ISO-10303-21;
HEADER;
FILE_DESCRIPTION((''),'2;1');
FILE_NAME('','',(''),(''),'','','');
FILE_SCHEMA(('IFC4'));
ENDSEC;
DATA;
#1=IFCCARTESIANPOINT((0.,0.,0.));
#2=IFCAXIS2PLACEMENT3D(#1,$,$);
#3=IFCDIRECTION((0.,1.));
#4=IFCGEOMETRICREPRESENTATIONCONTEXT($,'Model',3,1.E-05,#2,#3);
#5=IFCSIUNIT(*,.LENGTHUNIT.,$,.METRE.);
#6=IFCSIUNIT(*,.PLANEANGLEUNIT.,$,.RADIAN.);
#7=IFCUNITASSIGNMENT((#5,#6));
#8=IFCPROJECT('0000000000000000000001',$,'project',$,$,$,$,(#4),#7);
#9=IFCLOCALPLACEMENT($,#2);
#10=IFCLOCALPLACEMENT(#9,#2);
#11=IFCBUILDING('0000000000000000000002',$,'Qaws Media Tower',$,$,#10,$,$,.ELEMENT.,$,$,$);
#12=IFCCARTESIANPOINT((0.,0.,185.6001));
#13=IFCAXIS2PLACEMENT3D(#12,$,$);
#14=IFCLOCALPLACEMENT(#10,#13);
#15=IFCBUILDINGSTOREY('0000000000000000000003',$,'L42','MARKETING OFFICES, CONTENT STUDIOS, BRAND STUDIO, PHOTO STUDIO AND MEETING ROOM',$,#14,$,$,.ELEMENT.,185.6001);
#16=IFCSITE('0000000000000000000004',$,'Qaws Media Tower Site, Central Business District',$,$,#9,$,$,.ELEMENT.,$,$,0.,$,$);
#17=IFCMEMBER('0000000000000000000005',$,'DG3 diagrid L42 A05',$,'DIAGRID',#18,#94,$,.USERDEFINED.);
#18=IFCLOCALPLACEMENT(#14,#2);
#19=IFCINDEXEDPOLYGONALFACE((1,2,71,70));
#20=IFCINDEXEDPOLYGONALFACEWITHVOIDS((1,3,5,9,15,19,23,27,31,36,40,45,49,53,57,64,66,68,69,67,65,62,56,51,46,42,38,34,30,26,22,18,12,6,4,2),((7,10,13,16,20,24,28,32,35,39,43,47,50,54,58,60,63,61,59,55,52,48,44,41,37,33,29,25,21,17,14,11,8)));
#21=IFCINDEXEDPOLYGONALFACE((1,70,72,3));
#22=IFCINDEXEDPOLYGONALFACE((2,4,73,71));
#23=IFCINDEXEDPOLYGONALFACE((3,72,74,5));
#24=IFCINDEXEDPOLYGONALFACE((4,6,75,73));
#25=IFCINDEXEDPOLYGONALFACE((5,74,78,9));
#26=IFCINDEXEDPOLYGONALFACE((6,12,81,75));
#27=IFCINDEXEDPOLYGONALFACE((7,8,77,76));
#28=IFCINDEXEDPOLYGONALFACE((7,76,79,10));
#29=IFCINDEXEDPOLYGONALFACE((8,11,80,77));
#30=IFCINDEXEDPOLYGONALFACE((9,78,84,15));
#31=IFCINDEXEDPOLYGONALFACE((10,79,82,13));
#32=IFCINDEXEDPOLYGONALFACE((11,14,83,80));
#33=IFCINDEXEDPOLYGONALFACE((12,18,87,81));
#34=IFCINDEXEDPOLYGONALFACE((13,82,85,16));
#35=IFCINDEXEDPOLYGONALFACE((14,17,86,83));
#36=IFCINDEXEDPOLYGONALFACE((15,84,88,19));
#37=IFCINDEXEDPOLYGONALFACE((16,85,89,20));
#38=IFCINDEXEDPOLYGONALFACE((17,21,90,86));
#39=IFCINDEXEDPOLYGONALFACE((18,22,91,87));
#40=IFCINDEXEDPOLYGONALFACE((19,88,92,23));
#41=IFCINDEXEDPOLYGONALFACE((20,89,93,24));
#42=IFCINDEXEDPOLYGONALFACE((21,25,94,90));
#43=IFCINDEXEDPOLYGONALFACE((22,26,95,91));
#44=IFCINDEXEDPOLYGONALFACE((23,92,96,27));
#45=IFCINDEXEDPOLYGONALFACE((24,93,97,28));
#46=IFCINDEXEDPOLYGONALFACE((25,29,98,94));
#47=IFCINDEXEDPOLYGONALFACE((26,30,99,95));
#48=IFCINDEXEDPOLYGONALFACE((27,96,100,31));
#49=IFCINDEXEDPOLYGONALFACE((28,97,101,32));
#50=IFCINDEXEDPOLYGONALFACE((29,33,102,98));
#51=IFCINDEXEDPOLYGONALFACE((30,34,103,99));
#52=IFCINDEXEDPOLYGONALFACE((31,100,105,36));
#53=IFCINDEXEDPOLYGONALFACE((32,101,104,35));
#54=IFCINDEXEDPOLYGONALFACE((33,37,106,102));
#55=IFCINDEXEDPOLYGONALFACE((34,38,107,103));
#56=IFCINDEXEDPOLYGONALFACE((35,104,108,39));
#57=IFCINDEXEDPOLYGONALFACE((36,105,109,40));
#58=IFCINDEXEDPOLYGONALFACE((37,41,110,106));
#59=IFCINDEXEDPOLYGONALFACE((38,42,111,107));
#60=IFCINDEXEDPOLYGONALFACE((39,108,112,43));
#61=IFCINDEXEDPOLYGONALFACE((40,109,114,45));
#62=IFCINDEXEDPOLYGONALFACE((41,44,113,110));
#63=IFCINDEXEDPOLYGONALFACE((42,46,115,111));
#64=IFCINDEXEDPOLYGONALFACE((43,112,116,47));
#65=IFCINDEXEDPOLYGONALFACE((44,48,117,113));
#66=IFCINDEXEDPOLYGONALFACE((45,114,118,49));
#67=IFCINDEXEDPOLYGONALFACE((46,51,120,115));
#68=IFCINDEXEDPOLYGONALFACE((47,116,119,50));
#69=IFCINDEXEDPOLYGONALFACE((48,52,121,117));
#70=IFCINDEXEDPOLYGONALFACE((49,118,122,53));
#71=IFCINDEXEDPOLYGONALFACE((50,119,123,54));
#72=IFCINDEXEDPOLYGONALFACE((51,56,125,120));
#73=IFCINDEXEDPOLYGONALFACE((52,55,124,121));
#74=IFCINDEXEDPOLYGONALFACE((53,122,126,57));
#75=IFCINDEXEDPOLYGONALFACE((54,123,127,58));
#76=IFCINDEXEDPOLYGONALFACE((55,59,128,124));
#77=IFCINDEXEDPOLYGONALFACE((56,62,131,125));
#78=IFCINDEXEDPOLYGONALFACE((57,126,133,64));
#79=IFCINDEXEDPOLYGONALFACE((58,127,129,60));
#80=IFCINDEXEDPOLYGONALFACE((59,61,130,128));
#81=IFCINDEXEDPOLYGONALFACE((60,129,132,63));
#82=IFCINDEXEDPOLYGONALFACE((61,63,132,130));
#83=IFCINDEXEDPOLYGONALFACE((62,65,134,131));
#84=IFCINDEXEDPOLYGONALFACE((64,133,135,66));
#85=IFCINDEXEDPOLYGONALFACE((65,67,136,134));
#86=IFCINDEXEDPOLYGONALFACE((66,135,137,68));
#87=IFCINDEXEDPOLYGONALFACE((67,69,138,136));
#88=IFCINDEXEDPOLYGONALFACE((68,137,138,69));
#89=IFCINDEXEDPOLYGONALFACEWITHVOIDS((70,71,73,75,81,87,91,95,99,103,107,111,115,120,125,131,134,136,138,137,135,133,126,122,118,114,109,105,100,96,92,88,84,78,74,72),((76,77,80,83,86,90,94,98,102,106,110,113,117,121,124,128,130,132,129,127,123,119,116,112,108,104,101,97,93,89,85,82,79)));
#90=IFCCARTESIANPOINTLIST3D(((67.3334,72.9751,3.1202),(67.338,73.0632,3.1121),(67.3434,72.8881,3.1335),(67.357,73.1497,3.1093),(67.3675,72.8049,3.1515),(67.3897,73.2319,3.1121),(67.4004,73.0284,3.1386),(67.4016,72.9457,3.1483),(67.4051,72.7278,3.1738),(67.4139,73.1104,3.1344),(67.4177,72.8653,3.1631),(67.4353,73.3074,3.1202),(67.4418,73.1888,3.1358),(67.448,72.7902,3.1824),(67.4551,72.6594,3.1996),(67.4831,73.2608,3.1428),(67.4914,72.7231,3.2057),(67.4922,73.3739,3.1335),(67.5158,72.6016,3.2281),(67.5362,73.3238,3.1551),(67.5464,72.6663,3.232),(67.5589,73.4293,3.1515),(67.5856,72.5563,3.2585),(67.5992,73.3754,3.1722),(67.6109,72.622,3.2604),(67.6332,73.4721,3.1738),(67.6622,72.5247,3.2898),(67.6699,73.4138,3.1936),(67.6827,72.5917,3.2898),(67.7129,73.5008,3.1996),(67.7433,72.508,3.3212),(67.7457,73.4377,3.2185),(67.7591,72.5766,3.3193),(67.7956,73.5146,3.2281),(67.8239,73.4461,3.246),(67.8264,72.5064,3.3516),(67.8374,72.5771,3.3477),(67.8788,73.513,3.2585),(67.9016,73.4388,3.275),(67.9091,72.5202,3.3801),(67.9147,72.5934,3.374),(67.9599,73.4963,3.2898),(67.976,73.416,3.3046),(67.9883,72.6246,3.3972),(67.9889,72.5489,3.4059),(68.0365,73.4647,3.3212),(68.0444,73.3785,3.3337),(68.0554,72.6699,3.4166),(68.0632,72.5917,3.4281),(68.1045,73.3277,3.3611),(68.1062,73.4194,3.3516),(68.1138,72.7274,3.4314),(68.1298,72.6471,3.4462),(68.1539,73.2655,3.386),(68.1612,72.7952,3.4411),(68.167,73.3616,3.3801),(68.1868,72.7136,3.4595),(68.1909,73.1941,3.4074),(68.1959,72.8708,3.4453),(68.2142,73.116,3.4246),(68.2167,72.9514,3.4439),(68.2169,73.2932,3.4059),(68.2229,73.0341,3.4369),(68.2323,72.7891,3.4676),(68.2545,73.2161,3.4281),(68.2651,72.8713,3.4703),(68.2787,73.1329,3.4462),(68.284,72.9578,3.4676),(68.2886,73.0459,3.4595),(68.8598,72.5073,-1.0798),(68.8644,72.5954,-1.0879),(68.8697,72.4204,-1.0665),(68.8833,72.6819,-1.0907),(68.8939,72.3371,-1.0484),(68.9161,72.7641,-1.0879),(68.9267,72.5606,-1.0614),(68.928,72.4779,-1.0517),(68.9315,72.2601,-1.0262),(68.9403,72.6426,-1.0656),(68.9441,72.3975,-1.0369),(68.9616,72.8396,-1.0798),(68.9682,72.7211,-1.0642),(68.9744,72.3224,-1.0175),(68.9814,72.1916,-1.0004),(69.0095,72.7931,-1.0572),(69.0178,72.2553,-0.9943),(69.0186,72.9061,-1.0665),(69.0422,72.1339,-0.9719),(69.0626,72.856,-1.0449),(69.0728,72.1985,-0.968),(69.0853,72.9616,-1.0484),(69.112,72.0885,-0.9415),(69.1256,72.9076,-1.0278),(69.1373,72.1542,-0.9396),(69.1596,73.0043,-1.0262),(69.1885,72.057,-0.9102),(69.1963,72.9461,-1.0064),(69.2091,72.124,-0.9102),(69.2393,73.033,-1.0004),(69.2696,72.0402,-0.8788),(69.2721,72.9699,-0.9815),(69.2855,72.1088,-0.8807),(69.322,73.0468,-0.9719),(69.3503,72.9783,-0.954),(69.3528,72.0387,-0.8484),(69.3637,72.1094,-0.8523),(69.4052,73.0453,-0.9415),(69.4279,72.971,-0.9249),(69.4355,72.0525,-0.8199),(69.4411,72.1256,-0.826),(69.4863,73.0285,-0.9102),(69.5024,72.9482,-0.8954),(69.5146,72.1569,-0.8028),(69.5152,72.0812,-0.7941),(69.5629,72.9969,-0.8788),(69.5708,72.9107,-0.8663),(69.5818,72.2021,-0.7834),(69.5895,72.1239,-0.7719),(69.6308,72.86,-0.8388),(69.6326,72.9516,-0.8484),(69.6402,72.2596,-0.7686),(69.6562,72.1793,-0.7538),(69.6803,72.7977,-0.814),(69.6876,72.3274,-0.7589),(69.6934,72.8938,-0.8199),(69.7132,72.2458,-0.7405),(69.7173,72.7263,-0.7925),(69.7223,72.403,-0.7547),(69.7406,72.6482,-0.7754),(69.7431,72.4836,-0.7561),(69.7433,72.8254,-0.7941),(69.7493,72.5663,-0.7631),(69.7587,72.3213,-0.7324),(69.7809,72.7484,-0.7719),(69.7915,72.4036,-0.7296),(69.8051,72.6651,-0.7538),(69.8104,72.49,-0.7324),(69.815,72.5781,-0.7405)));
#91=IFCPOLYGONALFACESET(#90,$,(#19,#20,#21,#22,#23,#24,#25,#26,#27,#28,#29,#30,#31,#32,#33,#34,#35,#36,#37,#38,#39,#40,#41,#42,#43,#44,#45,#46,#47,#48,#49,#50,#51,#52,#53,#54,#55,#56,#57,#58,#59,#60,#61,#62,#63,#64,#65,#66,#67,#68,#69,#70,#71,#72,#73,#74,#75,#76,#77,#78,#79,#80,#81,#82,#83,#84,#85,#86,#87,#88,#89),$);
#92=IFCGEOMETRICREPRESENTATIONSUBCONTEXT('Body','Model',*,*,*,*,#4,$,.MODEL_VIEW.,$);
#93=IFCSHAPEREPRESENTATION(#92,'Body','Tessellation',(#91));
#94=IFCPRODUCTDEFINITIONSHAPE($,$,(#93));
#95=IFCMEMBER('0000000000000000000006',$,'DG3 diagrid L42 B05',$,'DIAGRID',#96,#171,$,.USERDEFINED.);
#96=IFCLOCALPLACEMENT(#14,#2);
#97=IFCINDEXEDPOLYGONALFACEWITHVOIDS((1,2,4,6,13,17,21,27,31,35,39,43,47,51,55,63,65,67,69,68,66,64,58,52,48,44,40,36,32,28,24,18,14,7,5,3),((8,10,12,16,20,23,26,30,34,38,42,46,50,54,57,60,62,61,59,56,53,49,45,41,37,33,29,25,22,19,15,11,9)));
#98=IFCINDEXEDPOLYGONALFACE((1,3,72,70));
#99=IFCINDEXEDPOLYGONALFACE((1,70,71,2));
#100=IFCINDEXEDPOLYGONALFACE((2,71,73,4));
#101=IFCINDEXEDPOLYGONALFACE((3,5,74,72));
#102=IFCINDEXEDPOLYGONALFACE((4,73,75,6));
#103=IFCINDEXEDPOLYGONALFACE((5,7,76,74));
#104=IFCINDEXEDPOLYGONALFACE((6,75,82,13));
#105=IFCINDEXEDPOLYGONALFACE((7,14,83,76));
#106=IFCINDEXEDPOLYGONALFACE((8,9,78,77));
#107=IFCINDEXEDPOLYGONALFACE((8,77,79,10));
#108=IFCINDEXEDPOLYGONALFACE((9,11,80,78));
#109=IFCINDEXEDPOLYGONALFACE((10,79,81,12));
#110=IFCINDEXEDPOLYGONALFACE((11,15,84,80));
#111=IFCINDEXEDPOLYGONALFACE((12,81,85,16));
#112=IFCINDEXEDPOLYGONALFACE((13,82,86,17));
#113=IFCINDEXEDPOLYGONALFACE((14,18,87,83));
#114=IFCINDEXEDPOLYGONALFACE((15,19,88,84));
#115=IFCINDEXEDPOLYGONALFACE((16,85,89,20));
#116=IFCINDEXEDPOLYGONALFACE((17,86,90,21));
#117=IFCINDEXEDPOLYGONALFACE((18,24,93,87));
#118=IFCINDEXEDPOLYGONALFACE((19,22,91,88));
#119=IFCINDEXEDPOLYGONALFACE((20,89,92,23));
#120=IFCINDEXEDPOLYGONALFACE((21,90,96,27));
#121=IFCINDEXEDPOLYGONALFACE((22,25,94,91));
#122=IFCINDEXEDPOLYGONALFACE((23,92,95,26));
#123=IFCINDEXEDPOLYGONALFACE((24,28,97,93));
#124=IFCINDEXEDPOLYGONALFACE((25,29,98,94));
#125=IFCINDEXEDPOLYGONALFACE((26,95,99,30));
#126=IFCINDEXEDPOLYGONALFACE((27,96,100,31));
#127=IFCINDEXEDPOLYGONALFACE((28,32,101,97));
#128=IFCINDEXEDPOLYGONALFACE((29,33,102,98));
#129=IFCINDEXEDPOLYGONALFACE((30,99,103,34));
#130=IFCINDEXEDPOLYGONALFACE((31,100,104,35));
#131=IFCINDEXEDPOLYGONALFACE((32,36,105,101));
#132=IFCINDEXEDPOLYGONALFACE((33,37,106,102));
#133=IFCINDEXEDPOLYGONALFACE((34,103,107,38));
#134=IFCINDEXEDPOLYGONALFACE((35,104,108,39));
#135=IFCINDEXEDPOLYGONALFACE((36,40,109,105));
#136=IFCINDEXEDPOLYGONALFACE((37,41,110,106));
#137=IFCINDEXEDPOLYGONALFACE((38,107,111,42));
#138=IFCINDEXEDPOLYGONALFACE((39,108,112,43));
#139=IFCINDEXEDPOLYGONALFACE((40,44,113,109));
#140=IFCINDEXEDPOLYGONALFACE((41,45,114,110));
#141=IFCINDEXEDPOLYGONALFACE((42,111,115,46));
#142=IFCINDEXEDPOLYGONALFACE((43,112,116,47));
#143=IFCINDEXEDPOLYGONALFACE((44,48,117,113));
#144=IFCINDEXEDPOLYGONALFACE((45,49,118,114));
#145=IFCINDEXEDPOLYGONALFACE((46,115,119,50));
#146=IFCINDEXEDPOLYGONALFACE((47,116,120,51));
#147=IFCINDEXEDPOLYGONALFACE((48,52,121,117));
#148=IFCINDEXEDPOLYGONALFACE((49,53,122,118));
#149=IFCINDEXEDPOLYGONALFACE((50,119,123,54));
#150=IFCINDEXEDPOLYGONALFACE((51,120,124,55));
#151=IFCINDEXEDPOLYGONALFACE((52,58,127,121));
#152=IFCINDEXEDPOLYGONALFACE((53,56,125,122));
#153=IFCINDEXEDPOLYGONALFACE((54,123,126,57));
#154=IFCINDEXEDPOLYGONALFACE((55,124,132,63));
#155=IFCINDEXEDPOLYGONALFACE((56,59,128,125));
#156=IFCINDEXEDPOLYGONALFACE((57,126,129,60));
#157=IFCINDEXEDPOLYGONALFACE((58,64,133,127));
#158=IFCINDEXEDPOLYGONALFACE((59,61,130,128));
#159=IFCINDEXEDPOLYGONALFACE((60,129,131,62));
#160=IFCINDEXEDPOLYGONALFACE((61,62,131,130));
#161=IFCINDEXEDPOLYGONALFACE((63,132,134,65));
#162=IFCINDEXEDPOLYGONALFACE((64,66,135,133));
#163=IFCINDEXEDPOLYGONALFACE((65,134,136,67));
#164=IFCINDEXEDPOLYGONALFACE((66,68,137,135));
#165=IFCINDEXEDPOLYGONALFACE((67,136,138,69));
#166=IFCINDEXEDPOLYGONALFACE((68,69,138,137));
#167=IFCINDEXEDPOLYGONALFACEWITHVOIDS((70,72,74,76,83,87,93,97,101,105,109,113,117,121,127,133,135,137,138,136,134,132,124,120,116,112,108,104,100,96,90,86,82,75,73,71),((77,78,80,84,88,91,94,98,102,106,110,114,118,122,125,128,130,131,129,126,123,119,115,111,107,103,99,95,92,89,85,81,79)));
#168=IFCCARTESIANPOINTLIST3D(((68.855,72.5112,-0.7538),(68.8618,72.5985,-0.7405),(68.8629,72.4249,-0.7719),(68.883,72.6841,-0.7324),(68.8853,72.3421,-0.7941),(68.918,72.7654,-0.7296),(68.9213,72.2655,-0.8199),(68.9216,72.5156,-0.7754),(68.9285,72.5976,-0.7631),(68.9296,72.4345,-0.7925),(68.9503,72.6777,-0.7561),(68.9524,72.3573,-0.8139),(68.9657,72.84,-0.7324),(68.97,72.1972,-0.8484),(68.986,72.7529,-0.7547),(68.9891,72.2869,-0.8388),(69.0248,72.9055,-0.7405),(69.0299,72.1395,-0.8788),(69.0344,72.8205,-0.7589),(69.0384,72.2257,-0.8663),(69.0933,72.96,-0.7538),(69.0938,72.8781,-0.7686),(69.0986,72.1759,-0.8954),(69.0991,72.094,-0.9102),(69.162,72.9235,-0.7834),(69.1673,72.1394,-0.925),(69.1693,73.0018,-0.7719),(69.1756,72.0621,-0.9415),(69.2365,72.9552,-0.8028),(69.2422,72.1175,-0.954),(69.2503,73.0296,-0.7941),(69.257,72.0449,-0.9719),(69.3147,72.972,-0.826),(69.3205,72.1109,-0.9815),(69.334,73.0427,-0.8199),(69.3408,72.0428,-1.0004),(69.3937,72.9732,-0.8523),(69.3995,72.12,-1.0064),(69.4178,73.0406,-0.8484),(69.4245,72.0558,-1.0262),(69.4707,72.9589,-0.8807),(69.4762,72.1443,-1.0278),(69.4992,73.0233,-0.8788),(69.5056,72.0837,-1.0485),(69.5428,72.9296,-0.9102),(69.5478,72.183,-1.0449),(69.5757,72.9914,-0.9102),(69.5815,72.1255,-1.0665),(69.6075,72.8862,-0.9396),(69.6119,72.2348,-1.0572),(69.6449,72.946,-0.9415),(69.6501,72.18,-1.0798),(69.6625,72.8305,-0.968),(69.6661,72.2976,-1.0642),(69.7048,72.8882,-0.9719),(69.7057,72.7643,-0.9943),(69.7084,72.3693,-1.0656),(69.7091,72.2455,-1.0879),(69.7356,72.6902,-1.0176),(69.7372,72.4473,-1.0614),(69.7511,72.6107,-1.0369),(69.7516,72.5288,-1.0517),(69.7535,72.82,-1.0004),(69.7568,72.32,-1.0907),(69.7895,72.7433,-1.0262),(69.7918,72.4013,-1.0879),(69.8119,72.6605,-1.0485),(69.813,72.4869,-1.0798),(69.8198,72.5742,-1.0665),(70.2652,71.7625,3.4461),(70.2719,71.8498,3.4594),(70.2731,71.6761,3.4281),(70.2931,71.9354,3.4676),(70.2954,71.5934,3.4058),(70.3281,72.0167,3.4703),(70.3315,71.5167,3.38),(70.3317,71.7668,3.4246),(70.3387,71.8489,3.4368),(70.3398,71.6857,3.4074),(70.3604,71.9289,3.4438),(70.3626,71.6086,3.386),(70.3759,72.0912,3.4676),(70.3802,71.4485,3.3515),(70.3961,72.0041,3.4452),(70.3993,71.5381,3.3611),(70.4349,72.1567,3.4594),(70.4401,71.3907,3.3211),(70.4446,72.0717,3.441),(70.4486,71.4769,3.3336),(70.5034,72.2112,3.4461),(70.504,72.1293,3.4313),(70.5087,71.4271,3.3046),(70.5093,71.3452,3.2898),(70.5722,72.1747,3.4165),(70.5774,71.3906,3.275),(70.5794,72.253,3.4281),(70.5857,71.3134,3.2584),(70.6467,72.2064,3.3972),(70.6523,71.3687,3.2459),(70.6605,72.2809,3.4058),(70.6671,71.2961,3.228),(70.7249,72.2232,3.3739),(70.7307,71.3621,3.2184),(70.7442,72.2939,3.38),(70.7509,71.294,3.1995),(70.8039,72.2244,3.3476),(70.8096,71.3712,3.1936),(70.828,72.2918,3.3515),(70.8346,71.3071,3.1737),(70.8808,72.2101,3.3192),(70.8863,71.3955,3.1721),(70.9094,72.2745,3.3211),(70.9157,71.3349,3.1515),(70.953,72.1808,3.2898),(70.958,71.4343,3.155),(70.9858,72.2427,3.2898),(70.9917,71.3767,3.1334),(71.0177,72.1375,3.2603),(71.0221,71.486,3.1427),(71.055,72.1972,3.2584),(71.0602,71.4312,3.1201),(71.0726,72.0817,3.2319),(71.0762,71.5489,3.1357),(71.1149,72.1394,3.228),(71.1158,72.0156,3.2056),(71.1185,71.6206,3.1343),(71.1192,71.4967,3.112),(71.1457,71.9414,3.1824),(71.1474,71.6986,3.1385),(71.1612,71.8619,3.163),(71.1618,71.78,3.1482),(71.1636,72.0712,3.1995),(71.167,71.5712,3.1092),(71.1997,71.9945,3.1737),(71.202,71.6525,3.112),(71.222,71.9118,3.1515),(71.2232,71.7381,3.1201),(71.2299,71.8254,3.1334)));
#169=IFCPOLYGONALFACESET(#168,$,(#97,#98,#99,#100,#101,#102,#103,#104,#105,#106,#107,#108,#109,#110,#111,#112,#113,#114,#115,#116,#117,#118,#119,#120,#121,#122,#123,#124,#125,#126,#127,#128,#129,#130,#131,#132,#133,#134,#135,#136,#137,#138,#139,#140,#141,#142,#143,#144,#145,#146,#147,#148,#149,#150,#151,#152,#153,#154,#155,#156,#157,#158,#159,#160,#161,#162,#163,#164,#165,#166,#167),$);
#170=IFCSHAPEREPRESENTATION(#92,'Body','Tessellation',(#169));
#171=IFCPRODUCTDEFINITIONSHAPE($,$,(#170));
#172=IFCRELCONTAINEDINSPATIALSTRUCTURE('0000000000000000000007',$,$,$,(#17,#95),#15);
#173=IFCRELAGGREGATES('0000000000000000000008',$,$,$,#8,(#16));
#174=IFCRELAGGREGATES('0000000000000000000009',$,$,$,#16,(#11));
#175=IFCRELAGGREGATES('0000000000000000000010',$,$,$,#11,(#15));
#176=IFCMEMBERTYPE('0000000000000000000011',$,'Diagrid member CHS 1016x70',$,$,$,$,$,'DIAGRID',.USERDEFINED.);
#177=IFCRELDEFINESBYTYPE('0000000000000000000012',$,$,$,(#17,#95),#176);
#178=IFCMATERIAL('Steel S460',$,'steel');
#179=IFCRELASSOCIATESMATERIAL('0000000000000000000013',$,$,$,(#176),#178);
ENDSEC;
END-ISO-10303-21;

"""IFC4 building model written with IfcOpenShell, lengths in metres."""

from ifc_helpers import new_model, si_unit, direction, frame, origin, origin_2d, place, context, subcontext, project, spatial, hollow_circle, extrude, material, material_profile, profile_set, type_object, element, save


model = new_model("IFC4")

# Units and contexts
model_context = context("Model", 3, precision=1e-05, world=origin(), true_north=direction((0.0, 1.0)))
body_context = subcontext(model_context, "Body", "Model", "MODEL_VIEW")
ifc_project = project(units=[si_unit("LENGTHUNIT", "METRE"), si_unit("PLANEANGLEUNIT", "RADIAN")], contexts=[model_context])

# Site, building, storey
site_placement = place(None, origin())
site = spatial("IfcSite", under=ifc_project, at=site_placement, Name="Qaws Media Tower Site, Central Business District", CompositionType="ELEMENT", RefElevation=0.0)
building_placement = place(site_placement, origin())
building = spatial("IfcBuilding", under=site, at=building_placement, Name="Qaws Media Tower", CompositionType="ELEMENT")
storey_placement = place(building_placement, frame((0.0, 0.0, 185.6001)))
storey = spatial("IfcBuildingStorey", under=building, at=storey_placement, Name="L42", Description="MARKETING OFFICES, CONTENT STUDIOS, BRAND STUDIO, PHOTO STUDIO AND MEETING ROOM", CompositionType="ELEMENT", Elevation=185.6001)

# Members
ifc_material_1 = material(Name="Steel S460", Category="steel")
ifc_material_profile_1 = material_profile(ifc_material_1, hollow_circle(Radius=0.5081, WallThickness=0.0701, at=origin_2d()), Name="CHS 1016x70")
ifc_profile_set_1 = profile_set([ifc_material_profile_1], Name="Steel S460")
member_type_1 = type_object("IfcMemberType", Name="Diagrid member CHS 1016x70", ElementType="DIAGRID", PredefinedType="USERDEFINED", material=ifc_profile_set_1)
for number, where, z_axis, x_axis, name in (
    (1, (69.3374, 72.5427, -0.9102), (-0.339711, 0.104109, 0.93475), (-0.293011, -0.956109, 0.0), "DG3 diagrid L42 A05"),
    (2, (69.3374, 72.5427, -0.9102), (0.313843, -0.166647, 0.934736), (0.468976, 0.883211, 0.0), "DG3 diagrid L42 B05"),
):
    element("IfcMember", number, at=place(storey_placement, frame(where, z_axis=z_axis, x_axis=x_axis)), inside=storey, type_object=member_type_1, Name=name, ObjectType="DIAGRID", PredefinedType="USERDEFINED", context=body_context, shape_type="SweptSolid", body=[
        extrude(hollow_circle(Radius=0.5081, WallThickness=0.0701, at=origin_2d()), origin(), (0.0, 0.0, 1.0), 4.4932),
    ])

save(model, "model.ifc")
